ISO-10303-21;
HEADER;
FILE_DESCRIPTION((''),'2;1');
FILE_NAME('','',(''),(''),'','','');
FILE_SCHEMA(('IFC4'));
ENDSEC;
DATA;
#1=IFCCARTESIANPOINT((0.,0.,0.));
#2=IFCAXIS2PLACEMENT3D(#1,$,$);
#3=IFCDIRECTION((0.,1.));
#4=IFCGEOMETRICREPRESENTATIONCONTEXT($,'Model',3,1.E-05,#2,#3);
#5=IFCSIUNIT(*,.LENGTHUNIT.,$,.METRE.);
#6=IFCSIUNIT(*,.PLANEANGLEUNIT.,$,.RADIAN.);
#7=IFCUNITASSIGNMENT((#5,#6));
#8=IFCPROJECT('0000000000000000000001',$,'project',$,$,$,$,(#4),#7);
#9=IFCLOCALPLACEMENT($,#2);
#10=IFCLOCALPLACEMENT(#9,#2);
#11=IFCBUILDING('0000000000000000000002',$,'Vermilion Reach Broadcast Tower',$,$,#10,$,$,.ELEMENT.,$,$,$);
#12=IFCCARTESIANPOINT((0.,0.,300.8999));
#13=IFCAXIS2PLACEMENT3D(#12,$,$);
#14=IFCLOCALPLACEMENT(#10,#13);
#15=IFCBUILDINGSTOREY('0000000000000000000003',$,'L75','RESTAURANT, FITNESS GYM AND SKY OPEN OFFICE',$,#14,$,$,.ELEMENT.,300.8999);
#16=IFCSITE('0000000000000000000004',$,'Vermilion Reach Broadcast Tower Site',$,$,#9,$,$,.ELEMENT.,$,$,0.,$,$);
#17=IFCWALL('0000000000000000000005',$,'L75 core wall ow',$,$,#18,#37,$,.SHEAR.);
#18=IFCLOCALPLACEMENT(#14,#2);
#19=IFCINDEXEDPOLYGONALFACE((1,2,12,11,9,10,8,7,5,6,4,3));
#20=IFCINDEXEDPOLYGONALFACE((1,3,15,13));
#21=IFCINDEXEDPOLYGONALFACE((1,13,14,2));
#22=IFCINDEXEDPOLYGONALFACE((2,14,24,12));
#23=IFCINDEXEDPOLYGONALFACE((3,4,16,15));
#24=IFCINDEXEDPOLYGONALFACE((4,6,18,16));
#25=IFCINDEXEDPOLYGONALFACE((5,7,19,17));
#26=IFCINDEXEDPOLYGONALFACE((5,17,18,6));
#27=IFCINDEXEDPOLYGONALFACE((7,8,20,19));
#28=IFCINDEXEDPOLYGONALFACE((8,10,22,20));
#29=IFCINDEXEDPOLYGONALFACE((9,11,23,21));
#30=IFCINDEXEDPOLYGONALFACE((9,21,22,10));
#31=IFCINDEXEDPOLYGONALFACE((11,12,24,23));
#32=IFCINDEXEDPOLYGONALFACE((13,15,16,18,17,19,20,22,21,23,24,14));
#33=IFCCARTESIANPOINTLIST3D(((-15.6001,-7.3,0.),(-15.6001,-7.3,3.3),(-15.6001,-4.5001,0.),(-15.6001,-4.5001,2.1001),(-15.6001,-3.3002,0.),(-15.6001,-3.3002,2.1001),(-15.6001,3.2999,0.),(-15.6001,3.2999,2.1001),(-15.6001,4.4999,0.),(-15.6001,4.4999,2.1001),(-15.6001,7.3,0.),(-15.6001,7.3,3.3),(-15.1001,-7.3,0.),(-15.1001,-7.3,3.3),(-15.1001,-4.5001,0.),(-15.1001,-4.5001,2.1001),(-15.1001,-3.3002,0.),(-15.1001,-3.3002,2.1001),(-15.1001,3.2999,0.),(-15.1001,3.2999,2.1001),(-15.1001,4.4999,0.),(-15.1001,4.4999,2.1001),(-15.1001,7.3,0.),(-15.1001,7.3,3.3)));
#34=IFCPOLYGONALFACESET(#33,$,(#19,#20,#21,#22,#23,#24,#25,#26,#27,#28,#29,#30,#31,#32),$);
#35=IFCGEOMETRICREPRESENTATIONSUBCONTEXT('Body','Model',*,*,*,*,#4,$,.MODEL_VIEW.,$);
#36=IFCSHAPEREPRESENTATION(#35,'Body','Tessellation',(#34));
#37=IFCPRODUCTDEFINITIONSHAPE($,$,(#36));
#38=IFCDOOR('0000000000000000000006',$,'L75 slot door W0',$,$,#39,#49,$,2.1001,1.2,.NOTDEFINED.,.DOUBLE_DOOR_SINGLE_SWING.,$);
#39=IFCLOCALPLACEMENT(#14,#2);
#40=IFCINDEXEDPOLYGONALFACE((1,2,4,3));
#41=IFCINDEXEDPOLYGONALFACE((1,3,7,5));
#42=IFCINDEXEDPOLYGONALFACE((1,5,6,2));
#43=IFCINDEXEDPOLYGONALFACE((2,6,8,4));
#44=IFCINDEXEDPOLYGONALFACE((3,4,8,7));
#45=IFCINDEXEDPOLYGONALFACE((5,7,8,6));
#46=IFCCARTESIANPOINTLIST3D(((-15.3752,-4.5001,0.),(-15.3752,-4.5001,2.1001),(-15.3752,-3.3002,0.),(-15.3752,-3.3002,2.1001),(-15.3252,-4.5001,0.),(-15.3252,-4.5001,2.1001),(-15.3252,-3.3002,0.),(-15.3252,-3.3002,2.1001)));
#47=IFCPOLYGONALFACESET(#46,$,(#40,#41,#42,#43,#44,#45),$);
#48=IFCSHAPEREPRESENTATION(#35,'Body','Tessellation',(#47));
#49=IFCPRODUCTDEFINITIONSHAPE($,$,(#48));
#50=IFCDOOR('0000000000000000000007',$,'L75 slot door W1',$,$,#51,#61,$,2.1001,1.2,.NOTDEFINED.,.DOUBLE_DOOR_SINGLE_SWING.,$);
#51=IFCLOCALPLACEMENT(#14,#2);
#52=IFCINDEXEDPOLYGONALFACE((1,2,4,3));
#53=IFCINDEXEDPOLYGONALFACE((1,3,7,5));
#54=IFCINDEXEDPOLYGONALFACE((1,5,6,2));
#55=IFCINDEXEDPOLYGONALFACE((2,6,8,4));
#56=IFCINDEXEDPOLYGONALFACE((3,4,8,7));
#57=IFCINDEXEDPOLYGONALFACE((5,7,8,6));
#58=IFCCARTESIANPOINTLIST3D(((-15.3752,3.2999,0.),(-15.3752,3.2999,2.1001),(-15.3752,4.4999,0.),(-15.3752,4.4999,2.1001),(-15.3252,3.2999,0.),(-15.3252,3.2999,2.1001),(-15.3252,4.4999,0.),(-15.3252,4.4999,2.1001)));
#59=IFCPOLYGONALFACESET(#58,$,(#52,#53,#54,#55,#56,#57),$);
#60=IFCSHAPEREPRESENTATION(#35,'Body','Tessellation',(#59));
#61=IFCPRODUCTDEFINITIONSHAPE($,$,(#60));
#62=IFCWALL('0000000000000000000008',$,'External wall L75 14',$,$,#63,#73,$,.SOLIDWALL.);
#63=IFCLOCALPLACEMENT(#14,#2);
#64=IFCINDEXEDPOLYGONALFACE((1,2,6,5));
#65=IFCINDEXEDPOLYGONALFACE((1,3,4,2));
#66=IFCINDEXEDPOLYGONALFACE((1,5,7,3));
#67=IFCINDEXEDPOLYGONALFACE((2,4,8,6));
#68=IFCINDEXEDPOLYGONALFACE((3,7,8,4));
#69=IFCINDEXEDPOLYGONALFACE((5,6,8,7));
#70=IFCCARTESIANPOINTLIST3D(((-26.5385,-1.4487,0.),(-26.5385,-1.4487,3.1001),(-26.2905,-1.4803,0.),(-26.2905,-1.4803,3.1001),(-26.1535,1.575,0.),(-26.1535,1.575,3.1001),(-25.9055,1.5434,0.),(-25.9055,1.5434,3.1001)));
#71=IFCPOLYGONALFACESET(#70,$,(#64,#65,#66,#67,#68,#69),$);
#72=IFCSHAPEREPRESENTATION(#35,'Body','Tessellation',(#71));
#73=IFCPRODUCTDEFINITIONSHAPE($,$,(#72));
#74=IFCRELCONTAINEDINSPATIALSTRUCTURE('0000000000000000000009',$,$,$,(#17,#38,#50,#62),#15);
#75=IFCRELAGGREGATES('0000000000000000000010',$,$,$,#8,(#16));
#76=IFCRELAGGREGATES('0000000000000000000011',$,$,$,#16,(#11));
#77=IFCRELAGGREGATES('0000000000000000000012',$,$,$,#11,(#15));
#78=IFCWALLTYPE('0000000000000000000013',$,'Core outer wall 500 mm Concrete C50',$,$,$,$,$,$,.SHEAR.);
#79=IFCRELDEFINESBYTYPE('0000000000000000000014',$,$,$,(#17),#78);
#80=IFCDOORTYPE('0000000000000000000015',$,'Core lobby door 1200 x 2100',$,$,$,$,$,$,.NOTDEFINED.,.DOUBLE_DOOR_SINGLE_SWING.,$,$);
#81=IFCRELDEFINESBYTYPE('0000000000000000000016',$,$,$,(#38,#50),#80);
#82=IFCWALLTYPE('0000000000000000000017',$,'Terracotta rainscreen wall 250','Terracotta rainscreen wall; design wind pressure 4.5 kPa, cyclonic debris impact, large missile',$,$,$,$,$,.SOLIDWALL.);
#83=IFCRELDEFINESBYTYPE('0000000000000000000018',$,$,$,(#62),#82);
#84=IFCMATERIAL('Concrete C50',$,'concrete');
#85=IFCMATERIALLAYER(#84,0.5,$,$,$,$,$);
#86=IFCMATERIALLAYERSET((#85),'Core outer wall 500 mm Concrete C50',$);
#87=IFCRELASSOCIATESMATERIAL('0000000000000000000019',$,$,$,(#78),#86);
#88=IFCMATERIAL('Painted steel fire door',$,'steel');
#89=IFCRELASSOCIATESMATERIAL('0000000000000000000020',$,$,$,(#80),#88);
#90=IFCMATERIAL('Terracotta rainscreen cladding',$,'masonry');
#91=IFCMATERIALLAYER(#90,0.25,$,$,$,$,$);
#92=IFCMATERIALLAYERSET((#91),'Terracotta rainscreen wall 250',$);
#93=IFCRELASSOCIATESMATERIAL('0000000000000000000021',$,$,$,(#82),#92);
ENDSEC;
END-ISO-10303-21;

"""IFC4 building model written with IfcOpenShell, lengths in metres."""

from ifc_helpers import new_model, si_unit, direction, frame, frame_2d, origin, place, context, subcontext, project, spatial, rectangle, extrude, material, layer, layer_set, type_object, element, fill, save


model = new_model("IFC4")

# Units and contexts
model_context = context("Model", 3, precision=1e-05, world=origin(), true_north=direction((0.0, 1.0)))
body_context = subcontext(model_context, "Body", "Model", "MODEL_VIEW")
ifc_project = project(units=[si_unit("LENGTHUNIT", "METRE"), si_unit("PLANEANGLEUNIT", "RADIAN")], contexts=[model_context])

# Site, building, storey
site_placement = place(None, origin())
site = spatial("IfcSite", under=ifc_project, at=site_placement, Name="Vermilion Reach Broadcast Tower Site", CompositionType="ELEMENT", RefElevation=0.0)
building_placement = place(site_placement, origin())
building = spatial("IfcBuilding", under=site, at=building_placement, Name="Vermilion Reach Broadcast Tower", CompositionType="ELEMENT")
storey_placement = place(building_placement, frame((0.0, 0.0, 300.8999)))
storey = spatial("IfcBuildingStorey", under=building, at=storey_placement, Name="L75", Description="RESTAURANT, FITNESS GYM AND SKY OPEN OFFICE", CompositionType="ELEMENT", Elevation=300.8999)

# Wall, openings, doors
ifc_material_1 = material(Name="Concrete C50", Category="concrete")
ifc_layer_1 = layer(ifc_material_1, 0.5)
ifc_layer_set_1 = layer_set([ifc_layer_1], Name="Core outer wall 500 mm Concrete C50")
wall_type_1 = type_object("IfcWallType", Name="Core outer wall 500 mm Concrete C50", PredefinedType="SHEAR", material=ifc_layer_set_1)
wall_1_placement = place(storey_placement, frame((-15.3501, 7.3, 0.0), z_axis=(0.0, 0.0, 1.0), x_axis=(0.0, -1.0, 0.0)))
wall_1 = element("IfcWall", 1, at=wall_1_placement, inside=storey, type_object=wall_type_1, Name="L75 core wall ow", PredefinedType="SHEAR", context=body_context, shape_type="SweptSolid", body=[
    extrude(rectangle(XDim=14.6001, YDim=0.5, at=frame_2d((7.3, 0.0))), origin(), (0.0, 0.0, 1.0), 3.3),
])
opening_1_placement = place(wall_1_placement, frame((10.6001, 0.0, 0.0)))
opening_1 = element("IfcOpeningElement", 2, at=opening_1_placement, cuts=wall_1, PredefinedType="OPENING", context=body_context, shape_type="SweptSolid", body=[
    extrude(rectangle(XDim=1.2, YDim=2.1001, at=frame_2d((0.6001, 1.05))), frame((0.0, 0.26, 0.0), z_axis=(0.0, -1.0, 0.0), x_axis=(1.0, 0.0, 0.0)), (0.0, 0.0, 1.0), 0.52),
])
opening_2_placement = place(wall_1_placement, frame((2.8, 0.0, 0.0)))
opening_2 = element("IfcOpeningElement", 3, at=opening_2_placement, cuts=wall_1, PredefinedType="OPENING", context=body_context, shape_type="SweptSolid", body=[
    extrude(rectangle(XDim=1.2, YDim=2.1001, at=frame_2d((0.6001, 1.05))), frame((0.0, 0.26, 0.0), z_axis=(0.0, -1.0, 0.0), x_axis=(1.0, 0.0, 0.0)), (0.0, 0.0, 1.0), 0.52),
])
ifc_material_2 = material(Name="Painted steel fire door", Category="steel")
door_type = type_object("IfcDoorType", Name="Core lobby door 1200 x 2100", OperationType="DOUBLE_DOOR_SINGLE_SWING", PredefinedType="NOTDEFINED", material=ifc_material_2)
door_1_placement = place(opening_1_placement, origin())
door_1 = element("IfcDoor", 4, at=door_1_placement, inside=storey, type_object=door_type, Name="L75 slot door W0", OperationType="DOUBLE_DOOR_SINGLE_SWING", OverallHeight=2.1001, OverallWidth=1.2, PredefinedType="NOTDEFINED", context=body_context, shape_type="SweptSolid", body=[
    extrude(rectangle(XDim=1.2, YDim=2.1001, at=frame_2d((0.6001, 1.05))), frame((0.0, 0.0249, 0.0), z_axis=(0.0, -1.0, 0.0), x_axis=(1.0, 0.0, 0.0)), (0.0, 0.0, 1.0), 0.05),
])
fill(opening_1, door_1)
door_2_placement = place(opening_2_placement, origin())
door_2 = element("IfcDoor", 5, at=door_2_placement, inside=storey, type_object=door_type, Name="L75 slot door W1", OperationType="DOUBLE_DOOR_SINGLE_SWING", OverallHeight=2.1001, OverallWidth=1.2, PredefinedType="NOTDEFINED", context=body_context, shape_type="SweptSolid", body=[
    extrude(rectangle(XDim=1.2, YDim=2.1001, at=frame_2d((0.6001, 1.05))), frame((0.0, 0.0249, 0.0), z_axis=(0.0, -1.0, 0.0), x_axis=(1.0, 0.0, 0.0)), (0.0, 0.0, 1.0), 0.05),
])
fill(opening_2, door_2)

# Wall
ifc_material_3 = material(Name="Terracotta rainscreen cladding", Category="masonry")
ifc_layer_2 = layer(ifc_material_3, 0.25)
ifc_layer_set_2 = layer_set([ifc_layer_2], Name="Terracotta rainscreen wall 250")
wall_type_2 = type_object("IfcWallType", Name="Terracotta rainscreen wall 250", Description="Terracotta rainscreen wall; design wind pressure 4.5 kPa, cyclonic debris impact, large missile", PredefinedType="SOLIDWALL", material=ifc_layer_set_2)
wall_2_placement = place(storey_placement, frame((-26.0295, 1.5591, 0.0), z_axis=(0.0, 0.0, 1.0), x_axis=(-0.126312, -0.991991, 0.0)))
element("IfcWall", 6, at=wall_2_placement, inside=storey, type_object=wall_type_2, Name="External wall L75 14", PredefinedType="SOLIDWALL", context=body_context, shape_type="SweptSolid", body=[
    extrude(rectangle(XDim=3.0481, YDim=0.25, at=frame_2d((1.5239, 0.0))), origin(), (0.0, 0.0, 1.0), 3.1001),
])

save(model, "model.ifc")
